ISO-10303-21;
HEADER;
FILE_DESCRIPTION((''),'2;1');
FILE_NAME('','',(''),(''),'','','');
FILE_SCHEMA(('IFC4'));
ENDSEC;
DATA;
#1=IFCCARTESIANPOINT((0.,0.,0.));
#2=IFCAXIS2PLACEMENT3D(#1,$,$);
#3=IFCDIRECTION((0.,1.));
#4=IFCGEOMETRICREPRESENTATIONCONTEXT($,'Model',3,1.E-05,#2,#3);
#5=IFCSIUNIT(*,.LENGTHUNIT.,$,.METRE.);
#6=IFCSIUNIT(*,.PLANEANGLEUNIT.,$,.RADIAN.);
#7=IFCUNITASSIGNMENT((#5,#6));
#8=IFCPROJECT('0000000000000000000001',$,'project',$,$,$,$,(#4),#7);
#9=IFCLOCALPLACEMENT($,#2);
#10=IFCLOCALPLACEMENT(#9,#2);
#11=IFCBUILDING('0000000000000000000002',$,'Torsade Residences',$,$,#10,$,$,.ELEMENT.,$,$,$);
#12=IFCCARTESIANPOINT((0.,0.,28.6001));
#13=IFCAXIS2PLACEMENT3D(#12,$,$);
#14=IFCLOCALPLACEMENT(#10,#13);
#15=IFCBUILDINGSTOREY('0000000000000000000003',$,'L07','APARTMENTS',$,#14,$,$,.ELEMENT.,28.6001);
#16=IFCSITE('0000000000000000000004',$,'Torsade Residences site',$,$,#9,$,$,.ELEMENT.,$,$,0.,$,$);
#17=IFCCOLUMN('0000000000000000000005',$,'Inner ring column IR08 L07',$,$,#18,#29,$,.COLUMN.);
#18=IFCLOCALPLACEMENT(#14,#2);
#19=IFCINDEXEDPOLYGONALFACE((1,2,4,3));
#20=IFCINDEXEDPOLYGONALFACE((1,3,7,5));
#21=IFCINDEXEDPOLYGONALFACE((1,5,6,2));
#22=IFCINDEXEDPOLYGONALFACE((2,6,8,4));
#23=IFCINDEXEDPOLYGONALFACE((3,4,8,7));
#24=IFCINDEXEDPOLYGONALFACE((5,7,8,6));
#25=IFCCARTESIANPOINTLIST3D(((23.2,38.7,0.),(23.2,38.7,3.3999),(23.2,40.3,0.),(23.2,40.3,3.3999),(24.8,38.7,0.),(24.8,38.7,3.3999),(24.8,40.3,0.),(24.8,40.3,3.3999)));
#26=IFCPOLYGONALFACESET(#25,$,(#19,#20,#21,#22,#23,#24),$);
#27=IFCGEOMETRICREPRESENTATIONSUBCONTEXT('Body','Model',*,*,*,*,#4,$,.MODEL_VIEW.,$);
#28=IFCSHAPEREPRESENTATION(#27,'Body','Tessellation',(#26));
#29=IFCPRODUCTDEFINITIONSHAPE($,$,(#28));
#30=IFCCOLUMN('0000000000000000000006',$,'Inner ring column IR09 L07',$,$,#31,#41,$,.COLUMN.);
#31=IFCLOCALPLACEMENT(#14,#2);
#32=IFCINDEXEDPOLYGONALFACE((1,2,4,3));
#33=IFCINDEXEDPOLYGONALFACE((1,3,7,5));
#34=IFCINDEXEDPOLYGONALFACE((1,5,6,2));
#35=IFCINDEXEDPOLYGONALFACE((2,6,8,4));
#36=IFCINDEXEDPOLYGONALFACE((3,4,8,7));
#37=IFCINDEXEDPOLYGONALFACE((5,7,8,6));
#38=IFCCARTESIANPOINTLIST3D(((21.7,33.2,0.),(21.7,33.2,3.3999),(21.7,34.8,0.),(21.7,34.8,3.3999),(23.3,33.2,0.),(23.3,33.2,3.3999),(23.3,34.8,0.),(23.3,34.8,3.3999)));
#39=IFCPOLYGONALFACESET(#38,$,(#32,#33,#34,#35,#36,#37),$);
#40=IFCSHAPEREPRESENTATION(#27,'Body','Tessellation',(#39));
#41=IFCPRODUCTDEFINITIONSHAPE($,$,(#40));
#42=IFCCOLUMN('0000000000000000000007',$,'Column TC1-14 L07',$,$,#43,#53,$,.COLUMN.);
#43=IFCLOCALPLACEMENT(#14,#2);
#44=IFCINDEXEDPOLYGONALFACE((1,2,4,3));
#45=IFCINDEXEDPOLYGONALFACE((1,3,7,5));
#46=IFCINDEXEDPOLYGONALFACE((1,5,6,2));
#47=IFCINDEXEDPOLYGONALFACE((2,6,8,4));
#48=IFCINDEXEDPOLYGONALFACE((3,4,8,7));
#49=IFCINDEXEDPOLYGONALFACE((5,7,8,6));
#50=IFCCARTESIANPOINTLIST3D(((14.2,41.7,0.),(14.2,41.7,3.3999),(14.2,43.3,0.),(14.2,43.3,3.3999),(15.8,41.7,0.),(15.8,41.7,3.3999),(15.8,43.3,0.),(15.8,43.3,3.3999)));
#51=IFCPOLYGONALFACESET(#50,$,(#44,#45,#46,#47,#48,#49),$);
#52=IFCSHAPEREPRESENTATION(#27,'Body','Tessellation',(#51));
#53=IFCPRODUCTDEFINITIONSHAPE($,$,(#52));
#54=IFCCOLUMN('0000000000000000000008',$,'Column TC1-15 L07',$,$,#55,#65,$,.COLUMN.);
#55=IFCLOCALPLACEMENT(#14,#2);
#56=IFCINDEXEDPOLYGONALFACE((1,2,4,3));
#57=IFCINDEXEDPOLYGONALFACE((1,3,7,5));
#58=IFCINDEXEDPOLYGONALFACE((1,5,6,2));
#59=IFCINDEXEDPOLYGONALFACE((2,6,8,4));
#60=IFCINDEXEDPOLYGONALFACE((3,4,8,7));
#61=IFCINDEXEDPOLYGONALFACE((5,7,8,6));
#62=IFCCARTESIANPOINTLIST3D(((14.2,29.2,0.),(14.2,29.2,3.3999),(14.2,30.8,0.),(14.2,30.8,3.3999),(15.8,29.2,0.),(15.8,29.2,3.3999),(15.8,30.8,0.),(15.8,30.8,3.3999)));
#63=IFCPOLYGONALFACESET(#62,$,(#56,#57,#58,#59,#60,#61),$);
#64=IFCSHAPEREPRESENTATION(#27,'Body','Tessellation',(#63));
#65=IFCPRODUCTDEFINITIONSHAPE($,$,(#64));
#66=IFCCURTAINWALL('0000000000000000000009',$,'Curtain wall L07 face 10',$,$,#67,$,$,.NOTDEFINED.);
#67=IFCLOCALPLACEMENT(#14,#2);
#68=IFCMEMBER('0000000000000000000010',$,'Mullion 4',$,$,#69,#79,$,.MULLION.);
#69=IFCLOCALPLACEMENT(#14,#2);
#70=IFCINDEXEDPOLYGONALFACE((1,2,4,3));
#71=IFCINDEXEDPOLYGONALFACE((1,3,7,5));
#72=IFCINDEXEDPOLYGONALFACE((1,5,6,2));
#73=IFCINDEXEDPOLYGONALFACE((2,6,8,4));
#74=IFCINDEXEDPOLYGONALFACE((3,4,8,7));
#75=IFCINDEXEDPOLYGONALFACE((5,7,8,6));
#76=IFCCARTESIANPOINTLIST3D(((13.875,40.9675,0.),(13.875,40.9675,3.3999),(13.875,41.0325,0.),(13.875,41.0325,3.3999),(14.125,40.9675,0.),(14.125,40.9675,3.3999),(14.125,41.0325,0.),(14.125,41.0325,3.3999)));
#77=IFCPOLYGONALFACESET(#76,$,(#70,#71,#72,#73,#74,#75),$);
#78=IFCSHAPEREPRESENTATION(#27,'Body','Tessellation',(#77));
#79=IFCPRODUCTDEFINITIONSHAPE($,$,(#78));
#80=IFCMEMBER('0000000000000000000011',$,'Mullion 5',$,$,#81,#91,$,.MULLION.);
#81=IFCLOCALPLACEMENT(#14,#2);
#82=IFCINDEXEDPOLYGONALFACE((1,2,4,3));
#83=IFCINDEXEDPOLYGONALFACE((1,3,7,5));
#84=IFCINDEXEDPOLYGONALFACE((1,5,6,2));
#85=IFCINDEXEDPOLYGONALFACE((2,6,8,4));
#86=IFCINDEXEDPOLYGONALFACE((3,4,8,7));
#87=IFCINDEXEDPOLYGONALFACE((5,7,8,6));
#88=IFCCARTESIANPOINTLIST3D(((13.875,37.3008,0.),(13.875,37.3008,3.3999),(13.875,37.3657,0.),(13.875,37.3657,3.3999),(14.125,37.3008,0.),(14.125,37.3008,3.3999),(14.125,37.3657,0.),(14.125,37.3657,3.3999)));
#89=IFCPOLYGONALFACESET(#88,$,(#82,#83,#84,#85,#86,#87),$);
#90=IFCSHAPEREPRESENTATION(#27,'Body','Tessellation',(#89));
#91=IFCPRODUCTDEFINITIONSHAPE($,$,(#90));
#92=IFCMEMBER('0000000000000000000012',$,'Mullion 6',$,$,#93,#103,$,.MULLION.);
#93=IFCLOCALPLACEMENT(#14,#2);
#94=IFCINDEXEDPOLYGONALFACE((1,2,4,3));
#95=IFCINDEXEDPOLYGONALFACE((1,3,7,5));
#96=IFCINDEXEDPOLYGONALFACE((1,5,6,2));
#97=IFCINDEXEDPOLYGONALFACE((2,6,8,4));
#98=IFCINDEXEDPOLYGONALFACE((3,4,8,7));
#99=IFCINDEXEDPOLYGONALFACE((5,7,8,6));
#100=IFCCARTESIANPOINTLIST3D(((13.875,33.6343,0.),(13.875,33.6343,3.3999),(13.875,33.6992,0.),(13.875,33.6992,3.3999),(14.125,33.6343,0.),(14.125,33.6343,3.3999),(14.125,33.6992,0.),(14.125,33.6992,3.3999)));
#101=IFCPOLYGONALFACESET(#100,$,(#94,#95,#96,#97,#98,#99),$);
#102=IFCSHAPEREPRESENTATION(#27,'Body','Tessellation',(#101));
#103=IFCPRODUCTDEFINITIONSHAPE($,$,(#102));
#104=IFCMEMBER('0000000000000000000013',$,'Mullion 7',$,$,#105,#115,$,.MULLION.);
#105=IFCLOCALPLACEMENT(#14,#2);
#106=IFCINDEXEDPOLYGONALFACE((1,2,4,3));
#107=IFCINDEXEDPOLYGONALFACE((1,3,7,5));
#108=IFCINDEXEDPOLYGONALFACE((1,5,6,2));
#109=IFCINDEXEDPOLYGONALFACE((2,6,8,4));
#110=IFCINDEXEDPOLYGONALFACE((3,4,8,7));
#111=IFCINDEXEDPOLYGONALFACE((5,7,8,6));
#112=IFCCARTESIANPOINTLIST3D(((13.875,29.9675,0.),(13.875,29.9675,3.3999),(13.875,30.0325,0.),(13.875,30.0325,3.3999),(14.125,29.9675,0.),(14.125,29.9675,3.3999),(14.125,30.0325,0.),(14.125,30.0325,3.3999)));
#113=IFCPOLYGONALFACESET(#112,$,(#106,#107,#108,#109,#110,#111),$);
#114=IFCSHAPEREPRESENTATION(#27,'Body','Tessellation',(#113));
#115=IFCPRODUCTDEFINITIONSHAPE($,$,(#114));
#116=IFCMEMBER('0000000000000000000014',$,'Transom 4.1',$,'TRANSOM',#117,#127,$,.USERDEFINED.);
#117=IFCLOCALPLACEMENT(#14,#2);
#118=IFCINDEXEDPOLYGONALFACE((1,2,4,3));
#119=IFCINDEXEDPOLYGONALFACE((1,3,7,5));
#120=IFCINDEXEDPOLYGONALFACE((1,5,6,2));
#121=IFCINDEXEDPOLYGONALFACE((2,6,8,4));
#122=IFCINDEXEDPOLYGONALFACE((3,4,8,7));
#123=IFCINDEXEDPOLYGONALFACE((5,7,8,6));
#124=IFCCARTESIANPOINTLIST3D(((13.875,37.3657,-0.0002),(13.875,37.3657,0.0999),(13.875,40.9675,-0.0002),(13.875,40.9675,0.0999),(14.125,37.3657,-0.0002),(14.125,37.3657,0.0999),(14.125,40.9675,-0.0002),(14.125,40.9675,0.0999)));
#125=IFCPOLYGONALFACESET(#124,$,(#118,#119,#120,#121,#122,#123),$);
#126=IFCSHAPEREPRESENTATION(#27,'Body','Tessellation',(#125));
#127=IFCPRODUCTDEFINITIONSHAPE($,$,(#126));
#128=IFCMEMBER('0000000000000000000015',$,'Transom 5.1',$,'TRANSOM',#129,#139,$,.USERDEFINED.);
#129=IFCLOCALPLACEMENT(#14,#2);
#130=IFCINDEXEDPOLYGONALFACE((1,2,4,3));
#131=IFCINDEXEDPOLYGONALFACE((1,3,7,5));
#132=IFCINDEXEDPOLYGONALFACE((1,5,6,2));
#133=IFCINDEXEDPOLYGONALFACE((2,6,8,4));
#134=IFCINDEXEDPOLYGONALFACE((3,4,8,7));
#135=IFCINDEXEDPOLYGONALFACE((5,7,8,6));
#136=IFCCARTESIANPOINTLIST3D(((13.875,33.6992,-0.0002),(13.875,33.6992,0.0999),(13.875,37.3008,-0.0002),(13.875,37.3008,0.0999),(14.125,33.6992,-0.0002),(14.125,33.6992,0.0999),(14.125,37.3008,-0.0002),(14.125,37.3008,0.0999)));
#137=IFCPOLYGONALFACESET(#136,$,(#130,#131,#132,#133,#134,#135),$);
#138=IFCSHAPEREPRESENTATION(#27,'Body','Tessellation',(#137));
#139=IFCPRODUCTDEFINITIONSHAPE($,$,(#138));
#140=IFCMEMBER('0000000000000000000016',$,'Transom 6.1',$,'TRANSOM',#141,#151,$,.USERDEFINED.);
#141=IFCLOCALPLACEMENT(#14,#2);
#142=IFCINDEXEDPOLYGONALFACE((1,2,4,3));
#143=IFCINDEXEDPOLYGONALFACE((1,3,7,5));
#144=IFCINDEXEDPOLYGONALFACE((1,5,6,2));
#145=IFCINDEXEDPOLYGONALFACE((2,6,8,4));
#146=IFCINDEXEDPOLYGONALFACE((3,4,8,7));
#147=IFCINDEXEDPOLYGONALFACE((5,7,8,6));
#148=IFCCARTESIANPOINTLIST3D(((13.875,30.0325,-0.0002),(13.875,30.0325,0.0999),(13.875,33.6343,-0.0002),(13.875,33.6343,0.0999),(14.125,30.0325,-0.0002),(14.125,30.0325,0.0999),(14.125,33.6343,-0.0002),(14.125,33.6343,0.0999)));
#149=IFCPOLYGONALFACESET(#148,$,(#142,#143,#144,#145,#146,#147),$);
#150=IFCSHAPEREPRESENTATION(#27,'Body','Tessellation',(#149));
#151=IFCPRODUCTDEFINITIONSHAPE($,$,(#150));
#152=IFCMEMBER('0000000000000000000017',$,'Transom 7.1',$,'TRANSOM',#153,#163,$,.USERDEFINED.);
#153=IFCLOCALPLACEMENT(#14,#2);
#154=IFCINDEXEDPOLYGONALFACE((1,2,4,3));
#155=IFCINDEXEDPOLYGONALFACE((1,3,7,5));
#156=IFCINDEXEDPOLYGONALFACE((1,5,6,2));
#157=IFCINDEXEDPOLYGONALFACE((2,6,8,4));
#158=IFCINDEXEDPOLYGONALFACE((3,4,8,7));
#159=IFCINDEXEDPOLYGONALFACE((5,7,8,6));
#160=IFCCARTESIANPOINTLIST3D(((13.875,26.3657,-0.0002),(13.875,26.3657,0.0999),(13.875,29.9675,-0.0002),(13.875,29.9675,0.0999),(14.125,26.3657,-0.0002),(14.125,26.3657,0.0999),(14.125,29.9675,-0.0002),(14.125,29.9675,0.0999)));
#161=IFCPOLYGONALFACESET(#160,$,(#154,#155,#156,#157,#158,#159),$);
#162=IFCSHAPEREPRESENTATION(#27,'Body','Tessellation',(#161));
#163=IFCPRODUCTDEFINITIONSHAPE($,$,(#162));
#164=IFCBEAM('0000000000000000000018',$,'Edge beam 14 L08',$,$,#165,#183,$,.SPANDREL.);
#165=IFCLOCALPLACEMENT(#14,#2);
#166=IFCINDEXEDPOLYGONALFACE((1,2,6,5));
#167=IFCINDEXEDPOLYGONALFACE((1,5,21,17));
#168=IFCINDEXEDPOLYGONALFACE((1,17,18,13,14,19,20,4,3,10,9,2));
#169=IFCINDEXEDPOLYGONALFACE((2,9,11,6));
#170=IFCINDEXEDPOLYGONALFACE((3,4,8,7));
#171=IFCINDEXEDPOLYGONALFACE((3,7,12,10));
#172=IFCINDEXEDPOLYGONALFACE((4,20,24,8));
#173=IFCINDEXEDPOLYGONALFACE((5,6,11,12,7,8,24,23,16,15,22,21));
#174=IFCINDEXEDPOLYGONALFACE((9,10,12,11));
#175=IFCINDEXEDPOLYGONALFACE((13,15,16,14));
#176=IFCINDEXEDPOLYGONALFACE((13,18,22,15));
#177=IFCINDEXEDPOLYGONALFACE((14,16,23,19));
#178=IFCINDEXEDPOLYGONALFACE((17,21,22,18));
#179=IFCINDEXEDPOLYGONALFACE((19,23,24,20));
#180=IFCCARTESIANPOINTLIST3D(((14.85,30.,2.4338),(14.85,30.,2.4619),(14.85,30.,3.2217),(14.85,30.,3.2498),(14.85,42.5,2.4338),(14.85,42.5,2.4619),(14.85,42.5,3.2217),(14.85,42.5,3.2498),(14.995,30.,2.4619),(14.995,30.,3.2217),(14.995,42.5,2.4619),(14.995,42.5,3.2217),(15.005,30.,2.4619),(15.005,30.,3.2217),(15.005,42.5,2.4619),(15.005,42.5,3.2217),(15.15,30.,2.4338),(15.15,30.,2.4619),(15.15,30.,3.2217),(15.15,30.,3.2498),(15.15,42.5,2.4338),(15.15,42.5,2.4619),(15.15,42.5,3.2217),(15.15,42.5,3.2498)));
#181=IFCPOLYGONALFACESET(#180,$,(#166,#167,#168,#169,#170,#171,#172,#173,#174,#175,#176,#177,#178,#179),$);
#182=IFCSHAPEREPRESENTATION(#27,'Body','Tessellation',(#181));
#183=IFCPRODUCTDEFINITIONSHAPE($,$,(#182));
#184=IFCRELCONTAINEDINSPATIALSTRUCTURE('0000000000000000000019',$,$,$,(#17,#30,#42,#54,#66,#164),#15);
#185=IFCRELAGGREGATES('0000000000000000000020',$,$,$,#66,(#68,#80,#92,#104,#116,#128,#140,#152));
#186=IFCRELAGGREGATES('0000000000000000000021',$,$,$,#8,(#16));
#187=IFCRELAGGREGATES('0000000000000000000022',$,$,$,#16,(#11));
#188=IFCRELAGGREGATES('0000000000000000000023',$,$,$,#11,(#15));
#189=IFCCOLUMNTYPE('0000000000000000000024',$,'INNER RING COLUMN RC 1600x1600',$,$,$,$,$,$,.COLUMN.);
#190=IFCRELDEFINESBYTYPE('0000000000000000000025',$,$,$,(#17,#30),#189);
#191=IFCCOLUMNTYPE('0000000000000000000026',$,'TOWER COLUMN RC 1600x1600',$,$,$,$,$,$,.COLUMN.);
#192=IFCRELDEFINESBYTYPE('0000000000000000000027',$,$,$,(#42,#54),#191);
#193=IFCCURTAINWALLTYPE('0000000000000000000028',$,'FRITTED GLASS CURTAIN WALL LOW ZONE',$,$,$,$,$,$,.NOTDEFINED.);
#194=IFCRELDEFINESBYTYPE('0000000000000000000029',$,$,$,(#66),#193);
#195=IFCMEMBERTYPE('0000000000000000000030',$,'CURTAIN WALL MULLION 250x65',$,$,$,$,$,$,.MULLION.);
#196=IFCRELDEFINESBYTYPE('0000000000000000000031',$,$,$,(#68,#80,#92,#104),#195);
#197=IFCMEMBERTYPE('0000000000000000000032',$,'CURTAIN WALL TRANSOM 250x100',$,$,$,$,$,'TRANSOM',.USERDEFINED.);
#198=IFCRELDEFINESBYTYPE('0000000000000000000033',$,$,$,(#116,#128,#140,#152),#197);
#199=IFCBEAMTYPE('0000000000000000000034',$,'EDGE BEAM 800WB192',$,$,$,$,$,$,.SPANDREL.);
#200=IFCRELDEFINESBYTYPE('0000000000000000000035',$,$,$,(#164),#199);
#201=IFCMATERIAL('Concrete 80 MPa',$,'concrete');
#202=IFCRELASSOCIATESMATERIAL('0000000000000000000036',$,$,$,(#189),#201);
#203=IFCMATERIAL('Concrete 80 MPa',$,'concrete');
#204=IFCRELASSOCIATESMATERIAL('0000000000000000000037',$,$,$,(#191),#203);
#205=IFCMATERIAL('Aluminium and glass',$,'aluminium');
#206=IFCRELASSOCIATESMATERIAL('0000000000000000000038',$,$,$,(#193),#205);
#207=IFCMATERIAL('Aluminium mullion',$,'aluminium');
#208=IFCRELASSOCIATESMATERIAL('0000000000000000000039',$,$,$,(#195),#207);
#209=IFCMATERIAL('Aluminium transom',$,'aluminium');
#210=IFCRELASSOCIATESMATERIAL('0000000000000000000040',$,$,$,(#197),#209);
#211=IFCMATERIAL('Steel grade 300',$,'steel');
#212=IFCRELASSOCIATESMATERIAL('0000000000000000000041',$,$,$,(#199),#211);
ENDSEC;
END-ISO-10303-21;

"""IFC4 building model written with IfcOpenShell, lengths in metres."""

from ifc_helpers import new_model, si_unit, direction, frame, origin, origin_2d, place, context, subcontext, project, spatial, rectangle, i_section, extrude, material, material_profile, profile_set, type_object, element, aggregate, save


model = new_model("IFC4")

# Units and contexts
model_context = context("Model", 3, precision=1e-05, world=origin(), true_north=direction((0.0, 1.0)))
body_context = subcontext(model_context, "Body", "Model", "MODEL_VIEW")
ifc_project = project(units=[si_unit("LENGTHUNIT", "METRE"), si_unit("PLANEANGLEUNIT", "RADIAN")], contexts=[model_context])

# Site, building, storey
site_placement = place(None, origin())
site = spatial("IfcSite", under=ifc_project, at=site_placement, Name="Torsade Residences site", CompositionType="ELEMENT", RefElevation=0.0)
building_placement = place(site_placement, origin())
building = spatial("IfcBuilding", under=site, at=building_placement, Name="Torsade Residences", CompositionType="ELEMENT")
storey_placement = place(building_placement, frame((0.0, 0.0, 28.6001)))
storey = spatial("IfcBuildingStorey", under=building, at=storey_placement, Name="L07", Description="APARTMENTS", CompositionType="ELEMENT", Elevation=28.6001)

# Columns
ifc_material_1 = material(Name="Concrete 80 MPa", Category="concrete")
ifc_material_profile_1 = material_profile(ifc_material_1, rectangle(XDim=1.6001, YDim=1.6001, at=origin_2d()), Name="RC 1600x1600")
ifc_profile_set_1 = profile_set([ifc_material_profile_1], Name="Concrete 80 MPa")
column_type_1 = type_object("IfcColumnType", Name="INNER RING COLUMN RC 1600x1600", PredefinedType="COLUMN", material=ifc_profile_set_1)
for number, where, z_axis, x_axis, name in (
    (1, (24.0, 39.5, 0.0), (0.0, 0.0, 1.0), (1.0, 0.0, 0.0), "Inner ring column IR08 L07"),
    (2, (22.5, 34.0, 0.0), (0.0, 0.0, 1.0), (1.0, 0.0, 0.0), "Inner ring column IR09 L07"),
):
    element("IfcColumn", number, at=place(storey_placement, frame(where, z_axis=z_axis, x_axis=x_axis)), inside=storey, type_object=column_type_1, Name=name, PredefinedType="COLUMN", context=body_context, shape_type="SweptSolid", body=[
        extrude(rectangle(XDim=1.6001, YDim=1.6001, at=origin_2d()), origin(), (0.0, 0.0, 1.0), 3.3999),
    ])
ifc_material_2 = material(Name="Concrete 80 MPa", Category="concrete")
ifc_material_profile_2 = material_profile(ifc_material_2, rectangle(XDim=1.6001, YDim=1.6001, at=origin_2d()), Name="RC 1600x1600")
ifc_profile_set_2 = profile_set([ifc_material_profile_2], Name="Concrete 80 MPa")
column_type_2 = type_object("IfcColumnType", Name="TOWER COLUMN RC 1600x1600", PredefinedType="COLUMN", material=ifc_profile_set_2)
for number, where, z_axis, x_axis, name in (
    (3, (15.0, 42.5, 0.0), (0.0, 0.0, 1.0), (1.0, 0.0, 0.0), "Column TC1-14 L07"),
    (4, (15.0, 30.0, 0.0), (0.0, 0.0, 1.0), (1.0, 0.0, 0.0), "Column TC1-15 L07"),
):
    element("IfcColumn", number, at=place(storey_placement, frame(where, z_axis=z_axis, x_axis=x_axis)), inside=storey, type_object=column_type_2, Name=name, PredefinedType="COLUMN", context=body_context, shape_type="SweptSolid", body=[
        extrude(rectangle(XDim=1.6001, YDim=1.6001, at=origin_2d()), origin(), (0.0, 0.0, 1.0), 3.3999),
    ])

# Curtain wall, members
ifc_material_3 = material(Name="Aluminium and glass", Category="aluminium")
curtain_wall_type = type_object("IfcCurtainWallType", Name="FRITTED GLASS CURTAIN WALL LOW ZONE", PredefinedType="NOTDEFINED", material=ifc_material_3)
curtain_wall_placement = place(storey_placement, origin())
curtain_wall = element("IfcCurtainWall", 5, at=curtain_wall_placement, inside=storey, type_object=curtain_wall_type, Name="Curtain wall L07 face 10", PredefinedType="NOTDEFINED")
ifc_material_4 = material(Name="Aluminium mullion", Category="aluminium")
ifc_material_profile_3 = material_profile(ifc_material_4, rectangle(XDim=0.25, YDim=0.0649, at=origin_2d()), Name="CURTAIN WALL MULLION 250x65")
ifc_profile_set_3 = profile_set([ifc_material_profile_3], Name="Aluminium mullion")
member_type_1 = type_object("IfcMemberType", Name="CURTAIN WALL MULLION 250x65", PredefinedType="MULLION", material=ifc_profile_set_3)
member_1_placement = place(storey_placement, frame((14.0, 41.0, 0.0), z_axis=(0.0, 0.0, 1.0), x_axis=(1.0, 0.0, 0.0)))
member_1 = element("IfcMember", 6, at=member_1_placement, type_object=member_type_1, Name="Mullion 4", PredefinedType="MULLION", context=body_context, shape_type="SweptSolid", body=[
    extrude(rectangle(XDim=0.25, YDim=0.0649, at=origin_2d()), origin(), (0.0, 0.0, 1.0), 3.3999),
])
member_2_placement = place(storey_placement, frame((14.0, 37.3333, 0.0), z_axis=(0.0, 0.0, 1.0), x_axis=(1.0, 0.0, 0.0)))
member_2 = element("IfcMember", 7, at=member_2_placement, type_object=member_type_1, Name="Mullion 5", PredefinedType="MULLION", context=body_context, shape_type="SweptSolid", body=[
    extrude(rectangle(XDim=0.25, YDim=0.0649, at=origin_2d()), origin(), (0.0, 0.0, 1.0), 3.3999),
])
member_3_placement = place(storey_placement, frame((14.0, 33.6667, 0.0), z_axis=(0.0, 0.0, 1.0), x_axis=(1.0, 0.0, 0.0)))
member_3 = element("IfcMember", 8, at=member_3_placement, type_object=member_type_1, Name="Mullion 6", PredefinedType="MULLION", context=body_context, shape_type="SweptSolid", body=[
    extrude(rectangle(XDim=0.25, YDim=0.0649, at=origin_2d()), origin(), (0.0, 0.0, 1.0), 3.3999),
])
member_4_placement = place(storey_placement, frame((14.0, 30.0, 0.0), z_axis=(0.0, 0.0, 1.0), x_axis=(1.0, 0.0, 0.0)))
member_4 = element("IfcMember", 9, at=member_4_placement, type_object=member_type_1, Name="Mullion 7", PredefinedType="MULLION", context=body_context, shape_type="SweptSolid", body=[
    extrude(rectangle(XDim=0.25, YDim=0.0649, at=origin_2d()), origin(), (0.0, 0.0, 1.0), 3.3999),
])
ifc_material_5 = material(Name="Aluminium transom", Category="aluminium")
ifc_material_profile_4 = material_profile(ifc_material_5, rectangle(XDim=0.25, YDim=0.1001, at=origin_2d()), Name="CURTAIN WALL TRANSOM 250x100")
ifc_profile_set_4 = profile_set([ifc_material_profile_4], Name="Aluminium transom")
member_type_2 = type_object("IfcMemberType", Name="CURTAIN WALL TRANSOM 250x100", ElementType="TRANSOM", PredefinedType="USERDEFINED", material=ifc_profile_set_4)
member_5_placement = place(storey_placement, frame((14.0, 40.9675, 0.0498), z_axis=(0.0, -1.0, 0.0), x_axis=(1.0, 0.0, 0.0)))
member_5 = element("IfcMember", 10, at=member_5_placement, type_object=member_type_2, Name="Transom 4.1", ObjectType="TRANSOM", PredefinedType="USERDEFINED", context=body_context, shape_type="SweptSolid", body=[
    extrude(rectangle(XDim=0.25, YDim=0.1001, at=origin_2d()), origin(), (0.0, 0.0, 1.0), 3.6018),
])
member_6_placement = place(storey_placement, frame((14.0, 37.3008, 0.0498), z_axis=(0.0, -1.0, 0.0), x_axis=(1.0, 0.0, 0.0)))
member_6 = element("IfcMember", 11, at=member_6_placement, type_object=member_type_2, Name="Transom 5.1", ObjectType="TRANSOM", PredefinedType="USERDEFINED", context=body_context, shape_type="SweptSolid", body=[
    extrude(rectangle(XDim=0.25, YDim=0.1001, at=origin_2d()), origin(), (0.0, 0.0, 1.0), 3.6016),
])
member_7_placement = place(storey_placement, frame((14.0, 33.6343, 0.0498), z_axis=(0.0, -1.0, 0.0), x_axis=(1.0, 0.0, 0.0)))
member_7 = element("IfcMember", 12, at=member_7_placement, type_object=member_type_2, Name="Transom 6.1", ObjectType="TRANSOM", PredefinedType="USERDEFINED", context=body_context, shape_type="SweptSolid", body=[
    extrude(rectangle(XDim=0.25, YDim=0.1001, at=origin_2d()), origin(), (0.0, 0.0, 1.0), 3.6018),
])
member_8_placement = place(storey_placement, frame((14.0, 29.9675, 0.0498), z_axis=(0.0, -1.0, 0.0), x_axis=(1.0, 0.0, 0.0)))
member_8 = element("IfcMember", 13, at=member_8_placement, type_object=member_type_2, Name="Transom 7.1", ObjectType="TRANSOM", PredefinedType="USERDEFINED", context=body_context, shape_type="SweptSolid", body=[
    extrude(rectangle(XDim=0.25, YDim=0.1001, at=origin_2d()), origin(), (0.0, 0.0, 1.0), 3.6018),
])

# Beam
ifc_material_6 = material(Name="Steel grade 300", Category="steel")
ifc_material_profile_5 = material_profile(ifc_material_6, i_section(OverallWidth=0.3, OverallDepth=0.8159, WebThickness=0.01, FlangeThickness=0.0281, at=origin_2d()), Name="800WB192")
ifc_profile_set_5 = profile_set([ifc_material_profile_5], Name="Steel grade 300")
beam_type_1 = type_object("IfcBeamType", Name="EDGE BEAM 800WB192", PredefinedType="SPANDREL", material=ifc_profile_set_5)
for number, where, z_axis, x_axis, name in (
    (14, (15.0, 42.5, 2.8418), (0.0, -1.0, 0.0), (1.0, 0.0, 0.0), "Edge beam 14 L08"),
):
    element("IfcBeam", number, at=place(storey_placement, frame(where, z_axis=z_axis, x_axis=x_axis)), inside=storey, type_object=beam_type_1, Name=name, PredefinedType="SPANDREL", context=body_context, shape_type="SweptSolid", body=[
        extrude(i_section(OverallWidth=0.3, OverallDepth=0.8159, WebThickness=0.01, FlangeThickness=0.0281, at=origin_2d()), origin(), (0.0, 0.0, 1.0), 12.5),
    ])

aggregate(curtain_wall, [member_1, member_2, member_3, member_4, member_5, member_6, member_7, member_8])

save(model, "model.ifc")
